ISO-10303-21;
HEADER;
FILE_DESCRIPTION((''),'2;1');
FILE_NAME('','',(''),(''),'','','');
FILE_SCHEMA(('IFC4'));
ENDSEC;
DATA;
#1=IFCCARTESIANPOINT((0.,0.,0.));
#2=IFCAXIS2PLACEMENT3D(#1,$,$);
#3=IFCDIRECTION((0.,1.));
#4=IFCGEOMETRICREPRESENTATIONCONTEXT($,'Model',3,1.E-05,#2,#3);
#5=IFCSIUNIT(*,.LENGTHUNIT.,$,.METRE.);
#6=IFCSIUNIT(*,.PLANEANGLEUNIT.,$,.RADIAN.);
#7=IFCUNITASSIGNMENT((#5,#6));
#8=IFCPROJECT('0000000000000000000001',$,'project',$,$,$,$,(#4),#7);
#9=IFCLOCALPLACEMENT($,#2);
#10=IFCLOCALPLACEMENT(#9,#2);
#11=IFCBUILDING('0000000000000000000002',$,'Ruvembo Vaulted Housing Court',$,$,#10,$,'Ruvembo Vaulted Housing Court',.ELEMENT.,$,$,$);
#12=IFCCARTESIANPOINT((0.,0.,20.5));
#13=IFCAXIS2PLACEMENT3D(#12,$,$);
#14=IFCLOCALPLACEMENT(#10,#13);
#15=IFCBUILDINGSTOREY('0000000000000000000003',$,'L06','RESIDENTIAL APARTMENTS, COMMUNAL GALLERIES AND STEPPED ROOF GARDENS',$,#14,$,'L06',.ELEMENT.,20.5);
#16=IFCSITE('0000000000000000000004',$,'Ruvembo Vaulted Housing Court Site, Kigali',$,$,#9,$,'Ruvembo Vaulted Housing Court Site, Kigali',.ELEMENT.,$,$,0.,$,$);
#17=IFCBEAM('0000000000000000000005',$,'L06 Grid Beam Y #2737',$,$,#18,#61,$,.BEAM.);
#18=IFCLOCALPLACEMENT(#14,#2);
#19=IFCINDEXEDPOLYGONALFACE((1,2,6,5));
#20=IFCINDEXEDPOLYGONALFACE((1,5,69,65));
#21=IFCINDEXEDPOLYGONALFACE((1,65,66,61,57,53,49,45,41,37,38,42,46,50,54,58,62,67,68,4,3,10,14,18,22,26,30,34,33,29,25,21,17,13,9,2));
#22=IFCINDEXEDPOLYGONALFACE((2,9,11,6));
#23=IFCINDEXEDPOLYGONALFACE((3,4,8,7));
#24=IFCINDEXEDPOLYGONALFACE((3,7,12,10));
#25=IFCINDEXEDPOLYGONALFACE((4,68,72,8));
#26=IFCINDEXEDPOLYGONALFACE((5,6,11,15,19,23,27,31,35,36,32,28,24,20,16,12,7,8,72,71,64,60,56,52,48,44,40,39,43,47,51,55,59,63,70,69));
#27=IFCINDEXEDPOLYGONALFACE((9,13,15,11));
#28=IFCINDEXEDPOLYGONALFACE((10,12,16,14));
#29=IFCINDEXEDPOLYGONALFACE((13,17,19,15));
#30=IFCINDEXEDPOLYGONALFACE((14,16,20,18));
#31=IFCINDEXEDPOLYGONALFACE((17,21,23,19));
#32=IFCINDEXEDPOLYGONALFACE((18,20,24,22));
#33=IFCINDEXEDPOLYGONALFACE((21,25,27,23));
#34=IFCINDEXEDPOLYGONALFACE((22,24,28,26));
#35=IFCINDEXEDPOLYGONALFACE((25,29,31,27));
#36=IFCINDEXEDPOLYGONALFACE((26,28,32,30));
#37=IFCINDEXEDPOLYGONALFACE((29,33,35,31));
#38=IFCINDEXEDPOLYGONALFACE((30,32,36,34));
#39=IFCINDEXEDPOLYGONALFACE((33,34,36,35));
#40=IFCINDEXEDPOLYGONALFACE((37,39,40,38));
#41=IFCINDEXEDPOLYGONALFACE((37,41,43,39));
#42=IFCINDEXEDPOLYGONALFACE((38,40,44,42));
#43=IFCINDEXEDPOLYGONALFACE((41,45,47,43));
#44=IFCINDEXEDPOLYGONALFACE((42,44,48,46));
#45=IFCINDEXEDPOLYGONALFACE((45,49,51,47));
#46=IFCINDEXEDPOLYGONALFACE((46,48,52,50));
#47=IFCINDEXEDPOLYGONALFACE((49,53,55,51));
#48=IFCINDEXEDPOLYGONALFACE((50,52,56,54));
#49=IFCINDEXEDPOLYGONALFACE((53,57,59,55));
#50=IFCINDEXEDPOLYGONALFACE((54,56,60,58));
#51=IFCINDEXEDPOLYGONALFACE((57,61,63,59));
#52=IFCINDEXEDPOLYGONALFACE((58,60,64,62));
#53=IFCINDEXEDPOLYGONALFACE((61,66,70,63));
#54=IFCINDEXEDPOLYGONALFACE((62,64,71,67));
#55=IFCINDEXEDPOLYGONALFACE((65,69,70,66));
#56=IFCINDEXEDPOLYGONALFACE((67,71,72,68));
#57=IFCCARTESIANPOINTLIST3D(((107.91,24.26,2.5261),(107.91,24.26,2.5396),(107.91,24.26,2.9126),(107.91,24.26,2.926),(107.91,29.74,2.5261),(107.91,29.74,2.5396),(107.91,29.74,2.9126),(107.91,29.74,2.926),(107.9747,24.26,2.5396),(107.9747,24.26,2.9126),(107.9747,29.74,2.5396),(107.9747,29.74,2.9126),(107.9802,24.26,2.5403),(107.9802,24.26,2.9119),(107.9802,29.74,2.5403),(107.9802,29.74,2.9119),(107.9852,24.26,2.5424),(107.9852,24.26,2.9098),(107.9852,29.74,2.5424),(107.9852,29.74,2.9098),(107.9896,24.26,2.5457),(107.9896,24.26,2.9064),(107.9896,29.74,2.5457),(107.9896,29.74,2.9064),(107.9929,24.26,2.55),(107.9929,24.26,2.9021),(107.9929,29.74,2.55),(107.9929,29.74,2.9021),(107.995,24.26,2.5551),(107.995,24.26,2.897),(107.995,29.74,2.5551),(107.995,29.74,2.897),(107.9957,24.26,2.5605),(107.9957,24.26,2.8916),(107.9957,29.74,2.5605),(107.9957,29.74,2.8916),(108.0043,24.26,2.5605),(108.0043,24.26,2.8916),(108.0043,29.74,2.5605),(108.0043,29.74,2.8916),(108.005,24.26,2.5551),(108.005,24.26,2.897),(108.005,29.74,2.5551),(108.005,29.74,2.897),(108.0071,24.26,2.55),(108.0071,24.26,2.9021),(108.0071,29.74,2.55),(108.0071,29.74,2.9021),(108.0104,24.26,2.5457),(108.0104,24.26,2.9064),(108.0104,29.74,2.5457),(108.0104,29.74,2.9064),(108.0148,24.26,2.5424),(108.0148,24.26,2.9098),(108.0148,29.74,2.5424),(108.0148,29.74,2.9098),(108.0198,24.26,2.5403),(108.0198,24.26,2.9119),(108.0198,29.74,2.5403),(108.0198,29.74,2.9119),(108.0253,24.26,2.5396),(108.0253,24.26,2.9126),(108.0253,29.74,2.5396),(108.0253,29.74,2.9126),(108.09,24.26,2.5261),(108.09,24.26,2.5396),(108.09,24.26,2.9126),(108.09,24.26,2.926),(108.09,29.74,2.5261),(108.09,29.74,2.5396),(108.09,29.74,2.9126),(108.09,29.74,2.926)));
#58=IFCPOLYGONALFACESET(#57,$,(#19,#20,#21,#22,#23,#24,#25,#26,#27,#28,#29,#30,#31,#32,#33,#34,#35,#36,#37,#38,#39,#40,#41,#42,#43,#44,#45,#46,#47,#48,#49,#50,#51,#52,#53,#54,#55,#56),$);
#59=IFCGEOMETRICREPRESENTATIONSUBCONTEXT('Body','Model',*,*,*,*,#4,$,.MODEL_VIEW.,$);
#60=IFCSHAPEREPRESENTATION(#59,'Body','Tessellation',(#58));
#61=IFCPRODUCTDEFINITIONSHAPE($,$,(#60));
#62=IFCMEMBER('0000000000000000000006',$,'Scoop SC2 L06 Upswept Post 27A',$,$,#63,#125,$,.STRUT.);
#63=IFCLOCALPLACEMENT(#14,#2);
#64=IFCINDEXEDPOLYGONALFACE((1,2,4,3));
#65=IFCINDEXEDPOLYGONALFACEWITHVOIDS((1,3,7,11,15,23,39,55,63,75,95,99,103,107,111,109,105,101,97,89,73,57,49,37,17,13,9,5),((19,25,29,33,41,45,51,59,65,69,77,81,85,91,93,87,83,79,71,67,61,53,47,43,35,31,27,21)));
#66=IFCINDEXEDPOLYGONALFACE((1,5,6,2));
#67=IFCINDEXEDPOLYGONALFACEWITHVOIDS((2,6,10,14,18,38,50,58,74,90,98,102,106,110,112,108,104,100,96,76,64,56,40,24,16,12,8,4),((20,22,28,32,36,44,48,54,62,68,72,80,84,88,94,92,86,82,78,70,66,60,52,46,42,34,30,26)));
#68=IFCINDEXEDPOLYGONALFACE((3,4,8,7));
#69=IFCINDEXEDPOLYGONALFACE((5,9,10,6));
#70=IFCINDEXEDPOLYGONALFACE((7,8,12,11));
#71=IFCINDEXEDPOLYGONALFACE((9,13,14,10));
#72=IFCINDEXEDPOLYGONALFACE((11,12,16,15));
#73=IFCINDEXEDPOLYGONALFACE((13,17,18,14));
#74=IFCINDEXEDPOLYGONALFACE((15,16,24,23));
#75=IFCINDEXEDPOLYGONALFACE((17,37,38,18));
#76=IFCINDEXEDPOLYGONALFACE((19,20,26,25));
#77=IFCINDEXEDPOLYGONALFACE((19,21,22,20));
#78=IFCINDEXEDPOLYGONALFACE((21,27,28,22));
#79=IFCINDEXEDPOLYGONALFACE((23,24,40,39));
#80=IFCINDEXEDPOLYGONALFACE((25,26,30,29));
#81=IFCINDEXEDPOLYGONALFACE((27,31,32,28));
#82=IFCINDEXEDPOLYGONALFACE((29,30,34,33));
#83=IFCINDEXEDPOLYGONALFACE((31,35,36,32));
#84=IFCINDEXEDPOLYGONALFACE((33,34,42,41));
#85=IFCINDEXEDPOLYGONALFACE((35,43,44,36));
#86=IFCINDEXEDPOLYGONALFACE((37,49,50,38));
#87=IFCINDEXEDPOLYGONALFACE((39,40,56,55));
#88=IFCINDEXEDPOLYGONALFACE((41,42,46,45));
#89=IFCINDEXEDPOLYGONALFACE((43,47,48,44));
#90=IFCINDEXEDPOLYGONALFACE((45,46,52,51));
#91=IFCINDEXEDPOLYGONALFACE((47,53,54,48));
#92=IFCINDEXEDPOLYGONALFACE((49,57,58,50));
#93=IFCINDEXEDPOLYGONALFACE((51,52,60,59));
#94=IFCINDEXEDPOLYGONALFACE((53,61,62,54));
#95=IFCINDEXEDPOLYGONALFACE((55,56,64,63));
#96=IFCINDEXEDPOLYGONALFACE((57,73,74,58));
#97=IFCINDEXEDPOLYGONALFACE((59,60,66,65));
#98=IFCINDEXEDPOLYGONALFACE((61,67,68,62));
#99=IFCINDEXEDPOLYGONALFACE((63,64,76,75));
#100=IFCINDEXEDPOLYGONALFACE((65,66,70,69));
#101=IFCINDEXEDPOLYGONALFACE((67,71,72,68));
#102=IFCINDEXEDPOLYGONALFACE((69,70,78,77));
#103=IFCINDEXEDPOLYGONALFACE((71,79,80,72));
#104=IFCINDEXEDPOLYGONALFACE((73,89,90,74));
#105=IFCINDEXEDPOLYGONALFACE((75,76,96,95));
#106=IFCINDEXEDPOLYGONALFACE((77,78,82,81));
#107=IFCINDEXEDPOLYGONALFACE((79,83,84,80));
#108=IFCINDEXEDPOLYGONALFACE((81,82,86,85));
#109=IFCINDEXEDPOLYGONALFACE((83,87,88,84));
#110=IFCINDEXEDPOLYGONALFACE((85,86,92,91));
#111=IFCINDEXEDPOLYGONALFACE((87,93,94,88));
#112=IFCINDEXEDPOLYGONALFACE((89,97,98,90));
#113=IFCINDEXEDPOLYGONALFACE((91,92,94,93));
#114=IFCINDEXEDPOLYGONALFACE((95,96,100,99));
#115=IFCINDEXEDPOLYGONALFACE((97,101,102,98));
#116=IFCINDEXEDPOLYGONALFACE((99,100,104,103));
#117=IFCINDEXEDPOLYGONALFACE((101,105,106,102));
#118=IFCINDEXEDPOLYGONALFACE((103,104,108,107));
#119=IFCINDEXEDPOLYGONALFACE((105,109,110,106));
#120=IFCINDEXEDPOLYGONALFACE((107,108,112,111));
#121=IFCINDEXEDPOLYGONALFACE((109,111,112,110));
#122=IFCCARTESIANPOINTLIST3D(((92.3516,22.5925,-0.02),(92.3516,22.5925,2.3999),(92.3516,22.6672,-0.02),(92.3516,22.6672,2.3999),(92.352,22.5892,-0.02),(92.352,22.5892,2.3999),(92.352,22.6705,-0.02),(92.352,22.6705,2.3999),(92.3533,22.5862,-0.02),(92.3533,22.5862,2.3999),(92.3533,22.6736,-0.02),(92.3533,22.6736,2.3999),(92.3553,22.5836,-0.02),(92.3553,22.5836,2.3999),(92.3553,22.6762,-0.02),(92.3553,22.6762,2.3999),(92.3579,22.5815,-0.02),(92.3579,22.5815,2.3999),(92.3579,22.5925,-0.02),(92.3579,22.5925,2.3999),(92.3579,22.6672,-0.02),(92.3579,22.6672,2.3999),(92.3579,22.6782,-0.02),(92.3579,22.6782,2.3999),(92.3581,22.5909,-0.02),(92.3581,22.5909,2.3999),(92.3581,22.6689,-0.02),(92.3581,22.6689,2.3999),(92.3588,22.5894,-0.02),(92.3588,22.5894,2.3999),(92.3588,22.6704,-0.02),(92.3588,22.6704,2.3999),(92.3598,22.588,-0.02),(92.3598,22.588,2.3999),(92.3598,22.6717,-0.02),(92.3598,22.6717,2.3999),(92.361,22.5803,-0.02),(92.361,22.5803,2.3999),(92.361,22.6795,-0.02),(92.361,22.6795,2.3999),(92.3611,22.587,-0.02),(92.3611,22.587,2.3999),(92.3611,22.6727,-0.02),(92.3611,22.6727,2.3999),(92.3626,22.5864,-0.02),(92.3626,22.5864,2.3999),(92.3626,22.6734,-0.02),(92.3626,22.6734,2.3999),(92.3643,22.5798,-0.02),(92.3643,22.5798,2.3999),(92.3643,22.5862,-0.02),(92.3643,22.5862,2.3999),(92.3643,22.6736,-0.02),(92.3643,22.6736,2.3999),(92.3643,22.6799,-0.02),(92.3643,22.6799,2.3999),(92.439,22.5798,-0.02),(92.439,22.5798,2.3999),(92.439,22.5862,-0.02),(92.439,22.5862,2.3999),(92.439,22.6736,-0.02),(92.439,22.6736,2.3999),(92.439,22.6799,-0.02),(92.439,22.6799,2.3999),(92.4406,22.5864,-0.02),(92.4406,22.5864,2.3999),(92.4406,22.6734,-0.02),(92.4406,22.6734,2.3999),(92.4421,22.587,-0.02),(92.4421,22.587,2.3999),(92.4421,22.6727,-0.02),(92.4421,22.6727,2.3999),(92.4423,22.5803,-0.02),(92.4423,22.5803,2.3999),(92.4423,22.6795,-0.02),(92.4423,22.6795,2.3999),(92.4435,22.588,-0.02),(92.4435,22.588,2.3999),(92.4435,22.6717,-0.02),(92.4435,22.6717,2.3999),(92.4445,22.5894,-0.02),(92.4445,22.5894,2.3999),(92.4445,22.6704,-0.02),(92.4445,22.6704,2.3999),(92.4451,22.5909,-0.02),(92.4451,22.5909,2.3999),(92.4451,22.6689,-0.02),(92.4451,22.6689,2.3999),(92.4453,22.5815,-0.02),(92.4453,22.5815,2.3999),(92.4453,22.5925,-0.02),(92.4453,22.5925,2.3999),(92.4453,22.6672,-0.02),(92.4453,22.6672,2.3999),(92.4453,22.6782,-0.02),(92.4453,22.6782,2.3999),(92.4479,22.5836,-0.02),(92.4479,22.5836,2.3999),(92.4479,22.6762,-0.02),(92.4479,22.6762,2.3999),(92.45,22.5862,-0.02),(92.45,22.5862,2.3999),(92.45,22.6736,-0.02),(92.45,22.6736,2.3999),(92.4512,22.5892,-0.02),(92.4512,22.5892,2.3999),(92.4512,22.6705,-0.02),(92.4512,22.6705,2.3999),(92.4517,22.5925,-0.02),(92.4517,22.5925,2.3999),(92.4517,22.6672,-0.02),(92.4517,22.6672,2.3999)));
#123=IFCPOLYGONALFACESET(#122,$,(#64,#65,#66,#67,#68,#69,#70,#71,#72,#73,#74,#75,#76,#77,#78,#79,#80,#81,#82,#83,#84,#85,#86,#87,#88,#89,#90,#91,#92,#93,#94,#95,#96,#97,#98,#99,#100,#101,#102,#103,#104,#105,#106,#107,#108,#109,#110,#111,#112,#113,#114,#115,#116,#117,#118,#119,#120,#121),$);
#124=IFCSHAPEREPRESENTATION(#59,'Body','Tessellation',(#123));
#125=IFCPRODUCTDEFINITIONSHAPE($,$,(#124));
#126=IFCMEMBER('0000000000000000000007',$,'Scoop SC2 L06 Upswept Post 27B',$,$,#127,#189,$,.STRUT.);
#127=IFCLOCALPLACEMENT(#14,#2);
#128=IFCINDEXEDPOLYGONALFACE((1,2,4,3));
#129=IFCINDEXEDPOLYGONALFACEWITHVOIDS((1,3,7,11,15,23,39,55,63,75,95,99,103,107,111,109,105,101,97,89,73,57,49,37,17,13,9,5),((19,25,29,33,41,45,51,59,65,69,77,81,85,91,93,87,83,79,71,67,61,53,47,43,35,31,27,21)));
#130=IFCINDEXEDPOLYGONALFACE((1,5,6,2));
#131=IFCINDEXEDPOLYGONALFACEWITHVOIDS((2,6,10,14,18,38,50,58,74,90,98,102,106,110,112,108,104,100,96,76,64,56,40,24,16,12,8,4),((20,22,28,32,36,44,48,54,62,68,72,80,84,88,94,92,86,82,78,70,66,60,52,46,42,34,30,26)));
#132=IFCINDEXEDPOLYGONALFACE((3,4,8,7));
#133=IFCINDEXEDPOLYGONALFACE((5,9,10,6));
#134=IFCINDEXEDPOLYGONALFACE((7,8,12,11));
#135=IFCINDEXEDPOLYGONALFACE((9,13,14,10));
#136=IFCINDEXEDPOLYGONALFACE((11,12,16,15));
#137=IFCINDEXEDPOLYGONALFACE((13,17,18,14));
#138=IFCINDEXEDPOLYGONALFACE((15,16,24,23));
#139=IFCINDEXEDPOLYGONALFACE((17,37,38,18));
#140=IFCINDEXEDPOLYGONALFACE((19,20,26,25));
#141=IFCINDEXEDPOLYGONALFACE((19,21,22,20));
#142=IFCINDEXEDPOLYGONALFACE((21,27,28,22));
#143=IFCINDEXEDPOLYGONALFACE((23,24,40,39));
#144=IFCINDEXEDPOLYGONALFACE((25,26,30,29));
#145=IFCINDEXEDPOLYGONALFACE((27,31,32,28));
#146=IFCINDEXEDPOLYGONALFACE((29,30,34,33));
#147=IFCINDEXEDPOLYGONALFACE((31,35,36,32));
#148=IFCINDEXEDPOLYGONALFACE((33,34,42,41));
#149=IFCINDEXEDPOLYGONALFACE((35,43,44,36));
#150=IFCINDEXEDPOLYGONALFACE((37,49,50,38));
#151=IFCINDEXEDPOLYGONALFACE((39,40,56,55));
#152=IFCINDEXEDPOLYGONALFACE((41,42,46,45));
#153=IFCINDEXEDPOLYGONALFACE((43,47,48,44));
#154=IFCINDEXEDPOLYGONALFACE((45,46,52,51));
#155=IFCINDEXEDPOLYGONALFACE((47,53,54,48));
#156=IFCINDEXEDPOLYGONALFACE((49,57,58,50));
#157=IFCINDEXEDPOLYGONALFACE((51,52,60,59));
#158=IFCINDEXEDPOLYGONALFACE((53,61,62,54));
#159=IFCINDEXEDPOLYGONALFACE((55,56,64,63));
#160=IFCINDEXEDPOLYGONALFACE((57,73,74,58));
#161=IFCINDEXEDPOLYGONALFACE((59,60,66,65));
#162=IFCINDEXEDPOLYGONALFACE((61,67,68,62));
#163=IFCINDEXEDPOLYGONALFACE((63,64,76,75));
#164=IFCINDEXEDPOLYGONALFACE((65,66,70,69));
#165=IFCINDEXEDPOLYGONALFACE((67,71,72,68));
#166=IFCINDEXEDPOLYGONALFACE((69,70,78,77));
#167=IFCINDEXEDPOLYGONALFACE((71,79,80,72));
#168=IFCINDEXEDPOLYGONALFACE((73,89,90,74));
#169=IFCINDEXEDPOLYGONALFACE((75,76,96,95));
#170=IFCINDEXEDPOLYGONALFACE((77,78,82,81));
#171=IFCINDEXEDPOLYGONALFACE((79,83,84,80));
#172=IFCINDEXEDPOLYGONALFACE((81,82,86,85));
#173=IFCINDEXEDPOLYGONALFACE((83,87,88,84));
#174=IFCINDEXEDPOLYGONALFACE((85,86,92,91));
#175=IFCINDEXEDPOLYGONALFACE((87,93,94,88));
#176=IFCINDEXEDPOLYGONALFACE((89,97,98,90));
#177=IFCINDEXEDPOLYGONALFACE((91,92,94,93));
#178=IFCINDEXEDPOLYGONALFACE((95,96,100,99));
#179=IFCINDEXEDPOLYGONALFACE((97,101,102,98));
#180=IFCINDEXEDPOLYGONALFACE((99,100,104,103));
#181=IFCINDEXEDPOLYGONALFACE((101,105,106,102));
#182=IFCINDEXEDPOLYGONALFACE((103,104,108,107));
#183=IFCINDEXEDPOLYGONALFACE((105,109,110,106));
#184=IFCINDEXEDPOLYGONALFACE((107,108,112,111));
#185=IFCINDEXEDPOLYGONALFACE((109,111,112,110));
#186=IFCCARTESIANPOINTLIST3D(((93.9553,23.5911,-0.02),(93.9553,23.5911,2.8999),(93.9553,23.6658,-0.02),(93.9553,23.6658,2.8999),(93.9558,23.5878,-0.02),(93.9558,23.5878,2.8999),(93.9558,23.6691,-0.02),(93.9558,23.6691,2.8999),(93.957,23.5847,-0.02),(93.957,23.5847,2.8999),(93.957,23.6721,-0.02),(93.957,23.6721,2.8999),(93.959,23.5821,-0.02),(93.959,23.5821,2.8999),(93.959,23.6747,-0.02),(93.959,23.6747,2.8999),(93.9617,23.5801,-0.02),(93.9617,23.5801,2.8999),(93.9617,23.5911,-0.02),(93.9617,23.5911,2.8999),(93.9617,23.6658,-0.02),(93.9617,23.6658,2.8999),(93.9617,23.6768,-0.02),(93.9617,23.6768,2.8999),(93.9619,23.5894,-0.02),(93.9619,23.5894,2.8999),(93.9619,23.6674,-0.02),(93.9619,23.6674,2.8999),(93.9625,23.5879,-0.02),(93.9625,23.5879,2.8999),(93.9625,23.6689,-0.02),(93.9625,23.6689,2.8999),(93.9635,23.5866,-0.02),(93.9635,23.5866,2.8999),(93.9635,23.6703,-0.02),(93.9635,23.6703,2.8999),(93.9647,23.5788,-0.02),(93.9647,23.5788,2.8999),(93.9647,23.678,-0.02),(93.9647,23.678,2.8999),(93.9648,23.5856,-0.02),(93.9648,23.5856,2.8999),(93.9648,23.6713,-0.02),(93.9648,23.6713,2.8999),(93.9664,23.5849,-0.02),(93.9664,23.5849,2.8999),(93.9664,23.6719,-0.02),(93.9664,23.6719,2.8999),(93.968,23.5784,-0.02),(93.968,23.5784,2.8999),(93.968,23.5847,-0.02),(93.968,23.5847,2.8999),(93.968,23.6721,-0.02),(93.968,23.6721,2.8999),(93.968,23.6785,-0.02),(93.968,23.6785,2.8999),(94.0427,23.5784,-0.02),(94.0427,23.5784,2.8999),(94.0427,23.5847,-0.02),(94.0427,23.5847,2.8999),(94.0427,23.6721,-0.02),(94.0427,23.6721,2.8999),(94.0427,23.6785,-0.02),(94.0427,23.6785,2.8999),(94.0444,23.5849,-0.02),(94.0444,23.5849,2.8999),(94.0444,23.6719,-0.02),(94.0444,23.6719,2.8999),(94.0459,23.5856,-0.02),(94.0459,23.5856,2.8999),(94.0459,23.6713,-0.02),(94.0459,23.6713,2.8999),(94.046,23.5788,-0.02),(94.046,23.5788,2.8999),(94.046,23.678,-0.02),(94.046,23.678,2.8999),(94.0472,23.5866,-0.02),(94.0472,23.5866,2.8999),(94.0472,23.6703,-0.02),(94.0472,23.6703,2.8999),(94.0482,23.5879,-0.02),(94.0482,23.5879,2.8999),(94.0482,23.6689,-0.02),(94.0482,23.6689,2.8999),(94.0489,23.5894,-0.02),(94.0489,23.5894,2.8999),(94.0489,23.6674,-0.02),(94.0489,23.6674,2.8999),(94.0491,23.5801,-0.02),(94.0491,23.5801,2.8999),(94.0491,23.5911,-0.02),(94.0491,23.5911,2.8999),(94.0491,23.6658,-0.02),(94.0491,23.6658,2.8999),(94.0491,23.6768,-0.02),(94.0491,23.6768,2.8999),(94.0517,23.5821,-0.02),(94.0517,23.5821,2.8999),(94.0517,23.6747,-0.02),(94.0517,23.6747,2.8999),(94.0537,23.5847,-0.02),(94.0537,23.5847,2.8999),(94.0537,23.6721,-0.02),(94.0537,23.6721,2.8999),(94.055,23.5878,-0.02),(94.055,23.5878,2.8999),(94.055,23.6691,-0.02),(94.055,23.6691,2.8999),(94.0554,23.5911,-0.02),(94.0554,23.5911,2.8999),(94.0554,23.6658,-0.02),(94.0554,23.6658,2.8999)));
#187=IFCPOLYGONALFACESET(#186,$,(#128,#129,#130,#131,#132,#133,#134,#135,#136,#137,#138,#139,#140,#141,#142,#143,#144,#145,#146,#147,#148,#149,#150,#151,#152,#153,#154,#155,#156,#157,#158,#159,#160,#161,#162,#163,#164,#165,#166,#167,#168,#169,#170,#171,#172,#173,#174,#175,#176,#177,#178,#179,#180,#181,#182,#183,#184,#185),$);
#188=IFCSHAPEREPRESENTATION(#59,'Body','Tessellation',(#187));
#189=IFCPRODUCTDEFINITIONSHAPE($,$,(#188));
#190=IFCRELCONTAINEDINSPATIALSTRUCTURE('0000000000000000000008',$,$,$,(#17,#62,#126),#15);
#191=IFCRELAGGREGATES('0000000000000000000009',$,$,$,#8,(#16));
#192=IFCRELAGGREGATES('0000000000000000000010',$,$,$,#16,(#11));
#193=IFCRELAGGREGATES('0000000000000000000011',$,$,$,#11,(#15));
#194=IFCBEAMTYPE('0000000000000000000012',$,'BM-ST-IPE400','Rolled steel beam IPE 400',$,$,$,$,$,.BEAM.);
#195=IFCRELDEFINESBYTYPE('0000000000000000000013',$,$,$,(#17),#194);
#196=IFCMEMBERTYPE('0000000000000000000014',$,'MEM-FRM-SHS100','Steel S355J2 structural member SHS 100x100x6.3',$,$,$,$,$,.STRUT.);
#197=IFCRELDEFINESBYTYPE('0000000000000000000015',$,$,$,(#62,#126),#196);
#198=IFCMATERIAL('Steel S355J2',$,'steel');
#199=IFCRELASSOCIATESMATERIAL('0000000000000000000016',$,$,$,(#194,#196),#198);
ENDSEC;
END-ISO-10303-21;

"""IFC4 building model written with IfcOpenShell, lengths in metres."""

from ifc_helpers import new_model, si_unit, direction, frame, origin, origin_2d, place, context, subcontext, project, spatial, hollow_rectangle, i_section, extrude, material, material_profile, profile_set, type_object, element, save


model = new_model("IFC4")

# Units and contexts
model_context = context("Model", 3, precision=1e-05, world=origin(), true_north=direction((0.0, 1.0)))
body_context = subcontext(model_context, "Body", "Model", "MODEL_VIEW")
ifc_project = project(units=[si_unit("LENGTHUNIT", "METRE"), si_unit("PLANEANGLEUNIT", "RADIAN")], contexts=[model_context])

# Site, building, storey
site_placement = place(None, origin())
site = spatial("IfcSite", under=ifc_project, at=site_placement, Name="Ruvembo Vaulted Housing Court Site, Kigali", LongName="Ruvembo Vaulted Housing Court Site, Kigali", CompositionType="ELEMENT", RefElevation=0.0)
building_placement = place(site_placement, origin())
building = spatial("IfcBuilding", under=site, at=building_placement, Name="Ruvembo Vaulted Housing Court", LongName="Ruvembo Vaulted Housing Court", CompositionType="ELEMENT")
storey_placement = place(building_placement, frame((0.0, 0.0, 20.5)))
storey = spatial("IfcBuildingStorey", under=building, at=storey_placement, Name="L06", Description="RESIDENTIAL APARTMENTS, COMMUNAL GALLERIES AND STEPPED ROOF GARDENS", LongName="L06", CompositionType="ELEMENT", Elevation=20.5)

# Beam
ifc_material_1 = material(Name="Steel S355J2", Category="steel")
ifc_material_profile_1 = material_profile(ifc_material_1, i_section(OverallWidth=0.1799, OverallDepth=0.3999, WebThickness=0.0085, FlangeThickness=0.0134, FilletRadius=0.021, at=origin_2d()), Name="IPE 400")
ifc_profile_set_1 = profile_set([ifc_material_profile_1], Name="Steel S355J2")
beam_type_1 = type_object("IfcBeamType", Name="BM-ST-IPE400", Description="Rolled steel beam IPE 400", PredefinedType="BEAM", material=ifc_profile_set_1)
for number, where, z_axis, x_axis, name in (
    (1, (108.0, 24.26, 2.7261), (0.0, 1.0, 0.0), (-1.0, 0.0, 0.0), "L06 Grid Beam Y #2737"),
):
    element("IfcBeam", number, at=place(storey_placement, frame(where, z_axis=z_axis, x_axis=x_axis)), inside=storey, type_object=beam_type_1, Name=name, PredefinedType="BEAM", context=body_context, shape_type="SweptSolid", body=[
        extrude(i_section(OverallWidth=0.1799, OverallDepth=0.3999, WebThickness=0.0085, FlangeThickness=0.0134, FilletRadius=0.021, at=origin_2d()), origin(), (0.0, 0.0, 1.0), 5.48),
    ])

# Members
ifc_material_profile_2 = material_profile(ifc_material_1, hollow_rectangle(XDim=0.1001, YDim=0.1001, WallThickness=0.0063, InnerFilletRadius=0.0063, OuterFilletRadius=0.0127, at=origin_2d()), Name="SHS 100x100x6.3")
ifc_profile_set_2 = profile_set([ifc_material_profile_2], Name="Steel S355J2")
member_type_1 = type_object("IfcMemberType", Name="MEM-FRM-SHS100", Description="Steel S355J2 structural member SHS 100x100x6.3", PredefinedType="STRUT", material=ifc_profile_set_2)
member_1_placement = place(storey_placement, frame((92.4016, 22.6299, -0.02), z_axis=(0.0, 0.0, 1.0), x_axis=(1.0, 0.0, 0.0)))
element("IfcMember", 2, at=member_1_placement, inside=storey, type_object=member_type_1, Name="Scoop SC2 L06 Upswept Post 27A", PredefinedType="STRUT", context=body_context, shape_type="SweptSolid", body=[
    extrude(hollow_rectangle(XDim=0.1001, YDim=0.1001, WallThickness=0.0063, InnerFilletRadius=0.0063, OuterFilletRadius=0.0127, at=origin_2d()), origin(), (0.0, 0.0, 1.0), 2.4199),
])
member_2_placement = place(storey_placement, frame((94.0054, 23.6284, -0.02), z_axis=(0.0, 0.0, 1.0), x_axis=(1.0, 0.0, 0.0)))
element("IfcMember", 3, at=member_2_placement, inside=storey, type_object=member_type_1, Name="Scoop SC2 L06 Upswept Post 27B", PredefinedType="STRUT", context=body_context, shape_type="SweptSolid", body=[
    extrude(hollow_rectangle(XDim=0.1001, YDim=0.1001, WallThickness=0.0063, InnerFilletRadius=0.0063, OuterFilletRadius=0.0127, at=origin_2d()), origin(), (0.0, 0.0, 1.0), 2.9199),
])

save(model, "model.ifc")
